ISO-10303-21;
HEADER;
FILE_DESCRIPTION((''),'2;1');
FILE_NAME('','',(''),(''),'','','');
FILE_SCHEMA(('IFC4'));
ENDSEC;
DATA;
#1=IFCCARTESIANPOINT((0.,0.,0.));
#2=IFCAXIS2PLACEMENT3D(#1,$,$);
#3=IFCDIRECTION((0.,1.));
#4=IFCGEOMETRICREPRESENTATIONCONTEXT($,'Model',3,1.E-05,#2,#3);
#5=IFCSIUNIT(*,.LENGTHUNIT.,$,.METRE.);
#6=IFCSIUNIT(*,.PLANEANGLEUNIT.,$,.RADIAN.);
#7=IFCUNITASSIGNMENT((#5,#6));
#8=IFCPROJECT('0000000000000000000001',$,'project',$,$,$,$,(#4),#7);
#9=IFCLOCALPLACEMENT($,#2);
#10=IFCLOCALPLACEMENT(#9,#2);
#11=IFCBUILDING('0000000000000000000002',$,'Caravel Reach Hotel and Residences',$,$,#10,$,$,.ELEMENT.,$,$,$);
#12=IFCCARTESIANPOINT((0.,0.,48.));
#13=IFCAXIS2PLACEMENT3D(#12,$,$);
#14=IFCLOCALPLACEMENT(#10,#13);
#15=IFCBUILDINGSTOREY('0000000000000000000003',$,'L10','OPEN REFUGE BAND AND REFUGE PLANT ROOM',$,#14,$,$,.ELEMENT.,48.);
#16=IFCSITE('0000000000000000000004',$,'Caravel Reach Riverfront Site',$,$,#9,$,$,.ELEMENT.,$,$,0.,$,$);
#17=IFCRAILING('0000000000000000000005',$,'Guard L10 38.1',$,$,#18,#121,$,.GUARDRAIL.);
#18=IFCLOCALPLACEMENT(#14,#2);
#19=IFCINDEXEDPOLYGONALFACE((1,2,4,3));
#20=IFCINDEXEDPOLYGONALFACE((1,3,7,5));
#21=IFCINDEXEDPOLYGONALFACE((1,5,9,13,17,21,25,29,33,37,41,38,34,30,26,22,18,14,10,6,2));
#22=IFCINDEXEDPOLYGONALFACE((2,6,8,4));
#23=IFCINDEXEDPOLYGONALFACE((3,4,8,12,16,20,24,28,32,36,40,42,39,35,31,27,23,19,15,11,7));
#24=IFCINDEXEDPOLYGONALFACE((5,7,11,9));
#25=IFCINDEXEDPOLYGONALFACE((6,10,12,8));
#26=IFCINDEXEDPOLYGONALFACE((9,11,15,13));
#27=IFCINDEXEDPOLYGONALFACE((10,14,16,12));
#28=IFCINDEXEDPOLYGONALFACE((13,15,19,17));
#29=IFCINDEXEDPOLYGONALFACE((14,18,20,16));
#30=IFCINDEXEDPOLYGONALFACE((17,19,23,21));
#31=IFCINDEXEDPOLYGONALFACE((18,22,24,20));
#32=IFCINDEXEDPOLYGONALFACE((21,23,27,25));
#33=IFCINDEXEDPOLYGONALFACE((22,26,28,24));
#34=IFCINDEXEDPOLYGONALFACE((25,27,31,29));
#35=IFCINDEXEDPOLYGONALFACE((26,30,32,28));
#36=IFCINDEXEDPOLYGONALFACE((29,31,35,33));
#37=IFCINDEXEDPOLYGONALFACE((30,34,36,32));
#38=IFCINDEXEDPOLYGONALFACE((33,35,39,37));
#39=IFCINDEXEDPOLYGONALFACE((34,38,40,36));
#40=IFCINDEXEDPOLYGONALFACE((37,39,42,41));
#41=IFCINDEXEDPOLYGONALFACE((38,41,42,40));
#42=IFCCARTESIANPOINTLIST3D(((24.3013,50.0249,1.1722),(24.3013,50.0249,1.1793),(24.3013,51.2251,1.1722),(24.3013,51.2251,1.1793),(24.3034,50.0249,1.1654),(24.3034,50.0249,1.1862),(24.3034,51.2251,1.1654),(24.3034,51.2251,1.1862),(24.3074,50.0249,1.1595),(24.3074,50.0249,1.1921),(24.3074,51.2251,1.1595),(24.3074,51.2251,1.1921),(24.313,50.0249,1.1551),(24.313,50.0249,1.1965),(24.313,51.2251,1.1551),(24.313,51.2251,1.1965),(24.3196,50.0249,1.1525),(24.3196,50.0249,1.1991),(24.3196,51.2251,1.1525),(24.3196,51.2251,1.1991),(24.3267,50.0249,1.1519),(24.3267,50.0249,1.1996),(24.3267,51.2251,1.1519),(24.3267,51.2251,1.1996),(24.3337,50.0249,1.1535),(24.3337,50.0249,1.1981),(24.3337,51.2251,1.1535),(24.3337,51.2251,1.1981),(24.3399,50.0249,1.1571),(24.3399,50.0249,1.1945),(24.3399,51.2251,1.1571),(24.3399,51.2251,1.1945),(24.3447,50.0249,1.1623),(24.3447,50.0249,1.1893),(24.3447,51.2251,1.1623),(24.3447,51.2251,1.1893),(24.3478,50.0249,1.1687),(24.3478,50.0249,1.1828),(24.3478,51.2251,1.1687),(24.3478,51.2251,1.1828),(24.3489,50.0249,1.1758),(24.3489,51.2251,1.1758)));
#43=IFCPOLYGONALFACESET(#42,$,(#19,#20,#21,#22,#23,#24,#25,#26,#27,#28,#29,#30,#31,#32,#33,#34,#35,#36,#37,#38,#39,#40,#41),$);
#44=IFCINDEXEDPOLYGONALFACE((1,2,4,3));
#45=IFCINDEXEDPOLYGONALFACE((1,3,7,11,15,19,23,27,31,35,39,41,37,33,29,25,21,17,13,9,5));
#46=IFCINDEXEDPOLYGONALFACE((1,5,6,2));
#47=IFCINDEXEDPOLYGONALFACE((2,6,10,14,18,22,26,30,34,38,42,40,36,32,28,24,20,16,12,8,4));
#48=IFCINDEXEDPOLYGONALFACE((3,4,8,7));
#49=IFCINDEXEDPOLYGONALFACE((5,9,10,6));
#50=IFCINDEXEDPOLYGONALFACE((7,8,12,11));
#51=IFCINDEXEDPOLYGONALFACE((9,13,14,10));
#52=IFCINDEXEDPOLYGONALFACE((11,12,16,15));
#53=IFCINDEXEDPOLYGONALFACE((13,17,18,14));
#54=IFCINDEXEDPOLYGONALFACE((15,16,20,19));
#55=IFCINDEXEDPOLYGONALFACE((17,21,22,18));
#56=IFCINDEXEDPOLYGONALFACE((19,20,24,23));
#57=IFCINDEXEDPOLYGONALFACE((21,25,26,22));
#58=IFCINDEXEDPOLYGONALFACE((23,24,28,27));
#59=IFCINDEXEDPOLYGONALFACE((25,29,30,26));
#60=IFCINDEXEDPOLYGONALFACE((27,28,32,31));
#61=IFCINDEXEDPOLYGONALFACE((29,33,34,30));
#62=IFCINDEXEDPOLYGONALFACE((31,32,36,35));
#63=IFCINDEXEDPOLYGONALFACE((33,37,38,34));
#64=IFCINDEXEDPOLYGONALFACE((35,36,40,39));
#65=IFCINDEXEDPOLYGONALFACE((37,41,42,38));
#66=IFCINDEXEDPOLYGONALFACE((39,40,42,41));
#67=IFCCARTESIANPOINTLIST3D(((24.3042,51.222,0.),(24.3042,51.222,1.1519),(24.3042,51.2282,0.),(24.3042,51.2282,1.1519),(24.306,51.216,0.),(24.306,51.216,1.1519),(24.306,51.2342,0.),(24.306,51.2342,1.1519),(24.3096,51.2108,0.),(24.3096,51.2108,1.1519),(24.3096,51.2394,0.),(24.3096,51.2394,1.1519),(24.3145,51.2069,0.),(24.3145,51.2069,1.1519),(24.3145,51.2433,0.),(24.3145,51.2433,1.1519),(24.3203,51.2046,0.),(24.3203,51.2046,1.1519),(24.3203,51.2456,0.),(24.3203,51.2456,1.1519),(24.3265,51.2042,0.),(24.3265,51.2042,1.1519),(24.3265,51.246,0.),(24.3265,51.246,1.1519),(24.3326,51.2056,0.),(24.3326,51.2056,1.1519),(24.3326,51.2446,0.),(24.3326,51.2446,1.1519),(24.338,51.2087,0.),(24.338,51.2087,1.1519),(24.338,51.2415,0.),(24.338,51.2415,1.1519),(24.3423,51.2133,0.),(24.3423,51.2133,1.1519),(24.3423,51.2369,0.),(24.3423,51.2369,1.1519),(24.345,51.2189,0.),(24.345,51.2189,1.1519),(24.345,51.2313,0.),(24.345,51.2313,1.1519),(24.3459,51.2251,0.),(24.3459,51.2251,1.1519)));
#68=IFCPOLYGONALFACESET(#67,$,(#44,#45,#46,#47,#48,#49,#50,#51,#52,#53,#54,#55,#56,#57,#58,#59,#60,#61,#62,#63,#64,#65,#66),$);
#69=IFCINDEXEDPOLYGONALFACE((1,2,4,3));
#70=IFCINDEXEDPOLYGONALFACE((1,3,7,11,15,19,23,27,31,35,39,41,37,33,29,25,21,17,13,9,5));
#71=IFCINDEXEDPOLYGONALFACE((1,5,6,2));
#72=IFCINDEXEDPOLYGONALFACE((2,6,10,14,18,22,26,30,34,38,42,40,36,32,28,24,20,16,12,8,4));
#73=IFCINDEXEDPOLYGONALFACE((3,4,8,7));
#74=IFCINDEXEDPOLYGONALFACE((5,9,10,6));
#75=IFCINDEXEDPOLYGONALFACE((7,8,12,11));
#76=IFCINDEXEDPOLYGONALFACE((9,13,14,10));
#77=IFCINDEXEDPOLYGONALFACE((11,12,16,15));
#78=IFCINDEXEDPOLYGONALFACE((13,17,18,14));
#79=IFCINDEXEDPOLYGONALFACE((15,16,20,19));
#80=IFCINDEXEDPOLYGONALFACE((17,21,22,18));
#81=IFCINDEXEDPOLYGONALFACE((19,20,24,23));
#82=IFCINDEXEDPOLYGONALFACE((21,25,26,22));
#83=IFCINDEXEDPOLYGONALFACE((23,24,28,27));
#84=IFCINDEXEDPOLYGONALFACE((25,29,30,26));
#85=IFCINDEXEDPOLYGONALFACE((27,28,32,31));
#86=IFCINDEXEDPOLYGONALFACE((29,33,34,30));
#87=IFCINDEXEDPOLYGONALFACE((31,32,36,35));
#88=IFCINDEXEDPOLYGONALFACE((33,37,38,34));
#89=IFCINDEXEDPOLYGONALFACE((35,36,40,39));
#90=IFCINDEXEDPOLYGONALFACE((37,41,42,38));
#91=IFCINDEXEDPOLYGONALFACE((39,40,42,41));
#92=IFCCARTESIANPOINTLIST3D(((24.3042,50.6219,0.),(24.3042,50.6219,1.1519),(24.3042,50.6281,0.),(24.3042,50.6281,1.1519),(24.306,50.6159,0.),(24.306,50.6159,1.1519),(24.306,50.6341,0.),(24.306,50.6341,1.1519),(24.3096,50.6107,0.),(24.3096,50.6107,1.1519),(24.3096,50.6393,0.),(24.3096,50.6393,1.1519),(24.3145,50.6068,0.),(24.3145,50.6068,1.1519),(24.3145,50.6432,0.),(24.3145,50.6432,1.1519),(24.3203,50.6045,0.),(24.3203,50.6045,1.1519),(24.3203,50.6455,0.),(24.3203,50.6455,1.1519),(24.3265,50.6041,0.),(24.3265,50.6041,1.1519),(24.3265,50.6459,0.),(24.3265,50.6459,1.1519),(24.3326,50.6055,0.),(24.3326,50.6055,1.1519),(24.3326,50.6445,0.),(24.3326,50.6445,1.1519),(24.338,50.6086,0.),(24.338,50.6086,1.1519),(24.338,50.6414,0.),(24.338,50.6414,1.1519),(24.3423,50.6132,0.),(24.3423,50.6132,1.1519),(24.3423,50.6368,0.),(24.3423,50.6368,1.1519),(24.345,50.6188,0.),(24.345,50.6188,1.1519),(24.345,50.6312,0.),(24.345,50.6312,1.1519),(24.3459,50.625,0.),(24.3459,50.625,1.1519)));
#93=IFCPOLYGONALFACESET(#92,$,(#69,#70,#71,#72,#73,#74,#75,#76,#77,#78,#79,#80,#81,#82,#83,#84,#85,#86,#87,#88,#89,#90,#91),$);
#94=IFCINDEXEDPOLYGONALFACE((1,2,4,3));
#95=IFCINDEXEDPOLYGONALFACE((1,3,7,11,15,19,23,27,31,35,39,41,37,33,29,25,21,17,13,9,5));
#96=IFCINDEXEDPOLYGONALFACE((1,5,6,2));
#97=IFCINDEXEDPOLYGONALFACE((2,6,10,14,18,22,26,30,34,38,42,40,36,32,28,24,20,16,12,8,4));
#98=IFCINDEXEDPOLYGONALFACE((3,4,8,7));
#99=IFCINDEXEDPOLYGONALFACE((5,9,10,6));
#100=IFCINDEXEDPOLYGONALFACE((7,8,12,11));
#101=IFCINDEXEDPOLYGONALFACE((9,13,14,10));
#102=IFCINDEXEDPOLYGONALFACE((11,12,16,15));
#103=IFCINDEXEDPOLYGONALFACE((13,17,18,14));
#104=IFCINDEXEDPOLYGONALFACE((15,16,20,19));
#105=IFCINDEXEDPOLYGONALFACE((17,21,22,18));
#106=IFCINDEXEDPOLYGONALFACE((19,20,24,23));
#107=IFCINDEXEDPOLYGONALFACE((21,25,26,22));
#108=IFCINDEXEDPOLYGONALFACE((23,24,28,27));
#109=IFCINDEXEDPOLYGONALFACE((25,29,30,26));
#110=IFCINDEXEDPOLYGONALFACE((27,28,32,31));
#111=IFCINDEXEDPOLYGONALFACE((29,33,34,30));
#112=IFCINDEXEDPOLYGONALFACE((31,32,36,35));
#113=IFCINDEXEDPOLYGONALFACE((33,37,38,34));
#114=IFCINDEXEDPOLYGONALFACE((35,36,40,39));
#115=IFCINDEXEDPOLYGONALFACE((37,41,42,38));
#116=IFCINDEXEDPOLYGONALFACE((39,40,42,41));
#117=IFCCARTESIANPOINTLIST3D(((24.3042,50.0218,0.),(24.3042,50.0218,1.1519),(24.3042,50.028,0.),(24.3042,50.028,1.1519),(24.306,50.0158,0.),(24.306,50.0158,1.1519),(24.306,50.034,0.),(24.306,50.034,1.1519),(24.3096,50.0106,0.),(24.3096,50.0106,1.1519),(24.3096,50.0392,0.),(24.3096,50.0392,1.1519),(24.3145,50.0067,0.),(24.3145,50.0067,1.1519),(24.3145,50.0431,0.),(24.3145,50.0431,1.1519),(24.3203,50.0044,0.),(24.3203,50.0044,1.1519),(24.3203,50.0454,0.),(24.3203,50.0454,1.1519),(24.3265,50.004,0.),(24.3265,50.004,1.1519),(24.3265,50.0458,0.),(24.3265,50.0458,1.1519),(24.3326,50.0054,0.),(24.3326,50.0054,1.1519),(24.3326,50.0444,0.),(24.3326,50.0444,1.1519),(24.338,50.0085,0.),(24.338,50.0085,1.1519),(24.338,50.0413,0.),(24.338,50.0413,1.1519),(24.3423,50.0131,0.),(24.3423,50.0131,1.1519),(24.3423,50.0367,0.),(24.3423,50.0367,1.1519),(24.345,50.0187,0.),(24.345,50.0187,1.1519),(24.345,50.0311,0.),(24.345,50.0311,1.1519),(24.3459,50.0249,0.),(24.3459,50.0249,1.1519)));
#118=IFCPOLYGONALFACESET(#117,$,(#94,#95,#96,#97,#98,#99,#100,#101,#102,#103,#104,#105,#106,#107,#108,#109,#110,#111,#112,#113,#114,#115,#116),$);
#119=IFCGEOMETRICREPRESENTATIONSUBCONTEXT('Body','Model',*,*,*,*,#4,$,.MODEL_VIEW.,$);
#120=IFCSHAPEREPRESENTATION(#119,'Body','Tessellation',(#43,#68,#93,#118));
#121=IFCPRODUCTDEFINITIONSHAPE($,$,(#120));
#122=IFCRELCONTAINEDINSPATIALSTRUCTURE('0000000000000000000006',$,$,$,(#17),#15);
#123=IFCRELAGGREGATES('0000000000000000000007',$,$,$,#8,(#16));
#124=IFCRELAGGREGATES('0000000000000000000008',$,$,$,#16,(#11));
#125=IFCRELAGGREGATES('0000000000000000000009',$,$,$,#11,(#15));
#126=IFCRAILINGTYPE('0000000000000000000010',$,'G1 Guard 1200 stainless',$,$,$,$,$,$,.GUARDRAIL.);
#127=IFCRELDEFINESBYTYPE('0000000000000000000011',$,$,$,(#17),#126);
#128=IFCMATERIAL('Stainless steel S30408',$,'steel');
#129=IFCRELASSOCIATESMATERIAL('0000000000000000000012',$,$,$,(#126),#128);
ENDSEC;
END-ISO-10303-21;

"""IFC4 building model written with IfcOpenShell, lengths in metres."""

from ifc_helpers import new_model, si_unit, direction, frame, origin, origin_2d, place, context, subcontext, project, spatial, circle, extrude, material, type_object, element, save


model = new_model("IFC4")

# Units and contexts
model_context = context("Model", 3, precision=1e-05, world=origin(), true_north=direction((0.0, 1.0)))
body_context = subcontext(model_context, "Body", "Model", "MODEL_VIEW")
ifc_project = project(units=[si_unit("LENGTHUNIT", "METRE"), si_unit("PLANEANGLEUNIT", "RADIAN")], contexts=[model_context])

# Site, building, storey
site_placement = place(None, origin())
site = spatial("IfcSite", under=ifc_project, at=site_placement, Name="Caravel Reach Riverfront Site", CompositionType="ELEMENT", RefElevation=0.0)
building_placement = place(site_placement, origin())
building = spatial("IfcBuilding", under=site, at=building_placement, Name="Caravel Reach Hotel and Residences", CompositionType="ELEMENT")
storey_placement = place(building_placement, frame((0.0, 0.0, 48.0)))
storey = spatial("IfcBuildingStorey", under=building, at=storey_placement, Name="L10", Description="OPEN REFUGE BAND AND REFUGE PLANT ROOM", CompositionType="ELEMENT", Elevation=48.0)

# Railing
ifc_material_1 = material(Name="Stainless steel S30408", Category="steel")
railing_type = type_object("IfcRailingType", Name="G1 Guard 1200 stainless", PredefinedType="GUARDRAIL", material=ifc_material_1)
railing_1_placement = place(storey_placement, frame((24.325, 51.2251, 0.0)))
element("IfcRailing", 1, at=railing_1_placement, inside=storey, type_object=railing_type, Name="Guard L10 38.1", PredefinedType="GUARDRAIL", context=body_context, shape_type="SweptSolid", body=[
    extrude(circle(Radius=0.0239, at=origin_2d()), frame((0.0, 0.0, 1.1758), z_axis=(0.0, -1.0, 0.0), x_axis=(1.0, 0.0, 0.0)), (0.0, 0.0, 1.0), 1.2002),
    extrude(circle(Radius=0.021, at=origin_2d()), origin(), (0.0, 0.0, 1.0), 1.1519),
    extrude(circle(Radius=0.021, at=origin_2d()), frame((0.0, -0.6001, 0.0)), (0.0, 0.0, 1.0), 1.1519),
    extrude(circle(Radius=0.021, at=origin_2d()), frame((0.0, -1.2002, 0.0)), (0.0, 0.0, 1.0), 1.1519),
])

save(model, "model.ifc")
